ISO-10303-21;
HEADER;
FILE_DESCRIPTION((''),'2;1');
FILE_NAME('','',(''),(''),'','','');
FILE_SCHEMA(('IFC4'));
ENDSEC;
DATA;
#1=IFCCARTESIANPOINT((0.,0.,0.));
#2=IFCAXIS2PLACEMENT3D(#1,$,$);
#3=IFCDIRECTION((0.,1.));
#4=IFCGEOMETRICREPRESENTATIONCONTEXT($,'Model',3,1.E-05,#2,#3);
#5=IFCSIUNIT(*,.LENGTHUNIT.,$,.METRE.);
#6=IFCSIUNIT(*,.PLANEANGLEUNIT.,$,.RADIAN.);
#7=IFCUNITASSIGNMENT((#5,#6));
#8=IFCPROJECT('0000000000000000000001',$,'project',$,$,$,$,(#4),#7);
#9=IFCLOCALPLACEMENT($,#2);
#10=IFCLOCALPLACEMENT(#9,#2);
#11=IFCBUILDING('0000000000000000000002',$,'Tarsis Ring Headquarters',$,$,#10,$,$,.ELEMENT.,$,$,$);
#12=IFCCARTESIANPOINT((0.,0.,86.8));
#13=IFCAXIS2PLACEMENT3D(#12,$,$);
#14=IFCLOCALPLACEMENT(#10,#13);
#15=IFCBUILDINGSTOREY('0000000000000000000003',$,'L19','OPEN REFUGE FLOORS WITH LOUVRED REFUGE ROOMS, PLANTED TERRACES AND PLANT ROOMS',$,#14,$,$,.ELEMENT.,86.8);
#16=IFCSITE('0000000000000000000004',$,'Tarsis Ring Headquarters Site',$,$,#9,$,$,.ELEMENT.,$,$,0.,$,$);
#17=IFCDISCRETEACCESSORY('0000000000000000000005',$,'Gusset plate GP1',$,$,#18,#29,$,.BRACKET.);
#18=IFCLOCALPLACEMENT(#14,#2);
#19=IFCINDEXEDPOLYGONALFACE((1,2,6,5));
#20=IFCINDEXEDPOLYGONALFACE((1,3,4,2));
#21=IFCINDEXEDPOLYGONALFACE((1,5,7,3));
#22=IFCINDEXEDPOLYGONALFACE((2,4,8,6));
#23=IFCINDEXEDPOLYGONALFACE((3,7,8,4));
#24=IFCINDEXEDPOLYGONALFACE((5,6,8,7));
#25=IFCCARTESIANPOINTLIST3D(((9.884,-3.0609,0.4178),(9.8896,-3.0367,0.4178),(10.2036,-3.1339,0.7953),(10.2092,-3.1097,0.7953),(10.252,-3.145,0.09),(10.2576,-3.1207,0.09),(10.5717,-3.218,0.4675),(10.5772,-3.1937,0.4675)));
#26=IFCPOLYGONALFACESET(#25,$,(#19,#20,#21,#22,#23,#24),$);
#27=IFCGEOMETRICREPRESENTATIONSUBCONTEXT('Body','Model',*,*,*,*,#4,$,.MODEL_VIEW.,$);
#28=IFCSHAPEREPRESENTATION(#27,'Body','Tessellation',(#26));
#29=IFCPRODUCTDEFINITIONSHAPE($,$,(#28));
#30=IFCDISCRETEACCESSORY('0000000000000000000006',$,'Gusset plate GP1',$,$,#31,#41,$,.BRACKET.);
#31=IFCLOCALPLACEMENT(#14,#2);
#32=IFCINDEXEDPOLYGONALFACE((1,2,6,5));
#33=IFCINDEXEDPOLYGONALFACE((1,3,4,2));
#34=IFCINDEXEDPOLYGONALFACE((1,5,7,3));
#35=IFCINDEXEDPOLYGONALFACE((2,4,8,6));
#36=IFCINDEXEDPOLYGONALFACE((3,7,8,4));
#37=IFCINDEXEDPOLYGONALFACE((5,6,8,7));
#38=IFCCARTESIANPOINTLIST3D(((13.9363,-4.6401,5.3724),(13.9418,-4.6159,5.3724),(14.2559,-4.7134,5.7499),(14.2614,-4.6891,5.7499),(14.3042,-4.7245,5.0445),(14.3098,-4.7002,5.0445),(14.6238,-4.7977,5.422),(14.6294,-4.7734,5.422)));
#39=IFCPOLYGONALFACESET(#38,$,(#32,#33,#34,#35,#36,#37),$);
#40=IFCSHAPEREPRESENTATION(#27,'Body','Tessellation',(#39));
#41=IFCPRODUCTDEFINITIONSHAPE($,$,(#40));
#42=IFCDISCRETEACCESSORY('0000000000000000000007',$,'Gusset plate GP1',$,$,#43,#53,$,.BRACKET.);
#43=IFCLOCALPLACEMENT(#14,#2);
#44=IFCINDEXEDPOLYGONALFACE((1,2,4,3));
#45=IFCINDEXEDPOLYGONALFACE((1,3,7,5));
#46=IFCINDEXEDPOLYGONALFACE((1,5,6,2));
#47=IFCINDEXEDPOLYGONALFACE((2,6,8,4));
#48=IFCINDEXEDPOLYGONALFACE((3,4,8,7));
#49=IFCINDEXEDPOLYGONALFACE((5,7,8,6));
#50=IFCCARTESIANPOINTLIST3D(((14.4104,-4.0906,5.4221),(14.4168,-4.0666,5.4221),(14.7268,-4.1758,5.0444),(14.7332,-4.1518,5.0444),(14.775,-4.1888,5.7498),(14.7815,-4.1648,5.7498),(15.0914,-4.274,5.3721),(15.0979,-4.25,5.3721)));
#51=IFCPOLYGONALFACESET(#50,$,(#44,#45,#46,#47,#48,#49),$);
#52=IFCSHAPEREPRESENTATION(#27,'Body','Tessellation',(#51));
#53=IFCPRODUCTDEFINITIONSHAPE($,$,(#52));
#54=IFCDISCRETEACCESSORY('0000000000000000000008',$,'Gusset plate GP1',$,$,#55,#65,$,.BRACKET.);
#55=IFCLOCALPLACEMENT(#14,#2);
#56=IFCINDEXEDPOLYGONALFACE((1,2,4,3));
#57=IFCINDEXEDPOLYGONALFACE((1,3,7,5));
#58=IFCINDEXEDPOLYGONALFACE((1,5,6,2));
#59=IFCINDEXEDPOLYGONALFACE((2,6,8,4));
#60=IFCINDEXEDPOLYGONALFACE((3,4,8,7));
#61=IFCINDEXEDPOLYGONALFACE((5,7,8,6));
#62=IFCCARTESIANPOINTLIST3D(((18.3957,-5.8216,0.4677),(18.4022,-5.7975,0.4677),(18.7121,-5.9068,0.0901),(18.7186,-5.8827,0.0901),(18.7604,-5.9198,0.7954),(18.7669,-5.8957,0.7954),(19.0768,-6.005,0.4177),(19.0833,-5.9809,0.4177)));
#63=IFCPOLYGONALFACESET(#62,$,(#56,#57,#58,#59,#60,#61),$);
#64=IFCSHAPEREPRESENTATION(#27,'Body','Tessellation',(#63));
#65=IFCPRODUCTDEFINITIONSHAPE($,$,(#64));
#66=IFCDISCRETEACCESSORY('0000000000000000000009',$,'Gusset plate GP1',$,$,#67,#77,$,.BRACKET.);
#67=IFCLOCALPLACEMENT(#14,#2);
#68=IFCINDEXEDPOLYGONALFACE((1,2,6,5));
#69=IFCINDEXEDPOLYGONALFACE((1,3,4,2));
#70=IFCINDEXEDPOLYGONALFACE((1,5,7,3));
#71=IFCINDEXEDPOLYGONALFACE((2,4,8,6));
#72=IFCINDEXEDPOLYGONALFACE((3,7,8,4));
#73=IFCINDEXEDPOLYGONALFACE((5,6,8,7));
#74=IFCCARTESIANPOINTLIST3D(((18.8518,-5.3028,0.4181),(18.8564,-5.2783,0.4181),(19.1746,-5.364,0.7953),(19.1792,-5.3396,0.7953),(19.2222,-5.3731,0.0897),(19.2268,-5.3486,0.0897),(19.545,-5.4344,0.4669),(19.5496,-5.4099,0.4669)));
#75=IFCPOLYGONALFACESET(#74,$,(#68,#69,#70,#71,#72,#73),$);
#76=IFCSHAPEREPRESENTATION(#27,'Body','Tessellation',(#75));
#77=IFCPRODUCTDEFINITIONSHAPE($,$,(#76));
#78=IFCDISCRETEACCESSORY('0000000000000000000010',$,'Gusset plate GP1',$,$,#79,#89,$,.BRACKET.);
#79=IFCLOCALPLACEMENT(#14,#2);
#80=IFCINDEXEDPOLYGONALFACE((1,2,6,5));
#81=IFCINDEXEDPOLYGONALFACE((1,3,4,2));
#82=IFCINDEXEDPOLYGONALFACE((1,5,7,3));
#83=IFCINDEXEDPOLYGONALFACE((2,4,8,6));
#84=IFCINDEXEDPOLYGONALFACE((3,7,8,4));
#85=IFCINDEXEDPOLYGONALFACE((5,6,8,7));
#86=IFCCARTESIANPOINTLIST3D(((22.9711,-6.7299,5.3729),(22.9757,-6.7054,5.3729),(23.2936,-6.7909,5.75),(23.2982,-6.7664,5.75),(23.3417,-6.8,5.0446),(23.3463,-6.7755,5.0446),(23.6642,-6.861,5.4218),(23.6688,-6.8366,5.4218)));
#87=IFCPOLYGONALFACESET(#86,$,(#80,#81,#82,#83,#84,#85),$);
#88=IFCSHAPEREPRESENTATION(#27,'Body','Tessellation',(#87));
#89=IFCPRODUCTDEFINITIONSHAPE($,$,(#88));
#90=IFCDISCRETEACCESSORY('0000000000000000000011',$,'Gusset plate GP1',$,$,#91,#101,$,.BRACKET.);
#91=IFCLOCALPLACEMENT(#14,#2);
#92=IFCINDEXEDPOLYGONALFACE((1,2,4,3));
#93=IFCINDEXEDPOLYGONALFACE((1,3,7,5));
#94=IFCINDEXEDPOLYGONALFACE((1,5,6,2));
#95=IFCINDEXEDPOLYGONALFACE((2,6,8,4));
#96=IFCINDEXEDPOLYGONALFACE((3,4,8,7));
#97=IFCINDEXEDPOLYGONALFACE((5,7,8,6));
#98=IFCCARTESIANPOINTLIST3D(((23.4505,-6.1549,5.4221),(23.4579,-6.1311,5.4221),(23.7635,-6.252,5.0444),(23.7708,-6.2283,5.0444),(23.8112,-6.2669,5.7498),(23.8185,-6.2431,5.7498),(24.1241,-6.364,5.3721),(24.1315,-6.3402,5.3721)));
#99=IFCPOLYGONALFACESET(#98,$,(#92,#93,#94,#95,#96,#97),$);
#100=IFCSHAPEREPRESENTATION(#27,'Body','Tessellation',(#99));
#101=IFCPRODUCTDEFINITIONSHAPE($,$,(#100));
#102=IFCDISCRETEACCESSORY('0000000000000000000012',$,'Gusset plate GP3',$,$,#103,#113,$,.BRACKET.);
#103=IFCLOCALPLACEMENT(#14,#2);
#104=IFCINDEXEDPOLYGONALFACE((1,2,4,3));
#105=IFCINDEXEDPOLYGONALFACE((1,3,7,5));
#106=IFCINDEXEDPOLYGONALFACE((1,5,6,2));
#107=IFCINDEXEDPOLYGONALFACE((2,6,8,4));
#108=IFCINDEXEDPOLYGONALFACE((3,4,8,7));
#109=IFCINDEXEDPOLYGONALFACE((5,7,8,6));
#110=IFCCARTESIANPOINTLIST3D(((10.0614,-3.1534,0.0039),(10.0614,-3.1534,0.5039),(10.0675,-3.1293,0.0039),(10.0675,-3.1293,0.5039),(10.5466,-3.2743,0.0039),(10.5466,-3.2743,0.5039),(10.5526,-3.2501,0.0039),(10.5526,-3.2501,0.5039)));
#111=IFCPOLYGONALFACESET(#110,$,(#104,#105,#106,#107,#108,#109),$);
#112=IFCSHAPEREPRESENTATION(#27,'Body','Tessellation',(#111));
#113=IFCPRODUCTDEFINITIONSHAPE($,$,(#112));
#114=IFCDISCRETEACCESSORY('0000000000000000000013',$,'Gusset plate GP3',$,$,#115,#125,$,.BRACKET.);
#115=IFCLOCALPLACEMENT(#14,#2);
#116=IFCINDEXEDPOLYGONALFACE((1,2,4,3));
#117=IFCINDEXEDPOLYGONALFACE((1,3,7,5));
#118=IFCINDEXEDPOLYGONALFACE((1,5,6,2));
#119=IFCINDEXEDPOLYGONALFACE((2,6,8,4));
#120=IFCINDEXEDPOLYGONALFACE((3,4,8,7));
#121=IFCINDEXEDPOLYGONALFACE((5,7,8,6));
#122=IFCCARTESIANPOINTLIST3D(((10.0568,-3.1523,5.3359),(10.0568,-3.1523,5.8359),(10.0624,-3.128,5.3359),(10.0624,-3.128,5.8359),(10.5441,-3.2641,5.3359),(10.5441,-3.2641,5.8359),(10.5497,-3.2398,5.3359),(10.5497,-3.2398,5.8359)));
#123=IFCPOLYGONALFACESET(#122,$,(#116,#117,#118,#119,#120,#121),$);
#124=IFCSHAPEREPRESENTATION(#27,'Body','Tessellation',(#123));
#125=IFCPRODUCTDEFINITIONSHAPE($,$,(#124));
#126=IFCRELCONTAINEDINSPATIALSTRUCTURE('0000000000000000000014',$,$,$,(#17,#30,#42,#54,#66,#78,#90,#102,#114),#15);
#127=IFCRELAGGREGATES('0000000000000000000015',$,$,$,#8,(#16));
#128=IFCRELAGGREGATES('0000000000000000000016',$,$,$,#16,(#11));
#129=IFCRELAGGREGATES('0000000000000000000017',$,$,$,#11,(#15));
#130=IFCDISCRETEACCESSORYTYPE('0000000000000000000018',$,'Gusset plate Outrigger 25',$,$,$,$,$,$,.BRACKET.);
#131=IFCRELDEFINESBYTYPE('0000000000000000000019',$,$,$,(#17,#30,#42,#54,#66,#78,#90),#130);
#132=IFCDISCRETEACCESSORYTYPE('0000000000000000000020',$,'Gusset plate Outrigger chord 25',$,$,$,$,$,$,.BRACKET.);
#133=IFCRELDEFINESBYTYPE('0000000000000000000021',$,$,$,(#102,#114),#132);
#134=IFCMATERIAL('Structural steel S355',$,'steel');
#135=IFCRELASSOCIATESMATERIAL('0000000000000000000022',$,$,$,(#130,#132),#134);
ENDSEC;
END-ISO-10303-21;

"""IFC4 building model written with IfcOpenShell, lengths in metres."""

from ifc_helpers import new_model, si_unit, direction, frame, origin, origin_2d, place, context, subcontext, project, spatial, rectangle, extrude, material, material_profile, profile_set, type_object, element, save


model = new_model("IFC4")

# Units and contexts
model_context = context("Model", 3, precision=1e-05, world=origin(), true_north=direction((0.0, 1.0)))
body_context = subcontext(model_context, "Body", "Model", "MODEL_VIEW")
ifc_project = project(units=[si_unit("LENGTHUNIT", "METRE"), si_unit("PLANEANGLEUNIT", "RADIAN")], contexts=[model_context])

# Site, building, storey
site_placement = place(None, origin())
site = spatial("IfcSite", under=ifc_project, at=site_placement, Name="Tarsis Ring Headquarters Site", CompositionType="ELEMENT", RefElevation=0.0)
building_placement = place(site_placement, origin())
building = spatial("IfcBuilding", under=site, at=building_placement, Name="Tarsis Ring Headquarters", CompositionType="ELEMENT")
storey_placement = place(building_placement, frame((0.0, 0.0, 86.8)))
storey = spatial("IfcBuildingStorey", under=building, at=storey_placement, Name="L19", Description="OPEN REFUGE FLOORS WITH LOUVRED REFUGE ROOMS, PLANTED TERRACES AND PLANT ROOMS", CompositionType="ELEMENT", Elevation=86.8)

# Shared definitions
ifc_material_1 = material(Name="Structural steel S355", Category="steel")

# Discrete accessories
ifc_material_profile_1 = material_profile(ifc_material_1, rectangle(XDim=0.0249, YDim=0.5, at=origin_2d()), Name="PL 25x500")
ifc_profile_set_1 = profile_set([ifc_material_profile_1], Name="Structural steel S355")
discrete_accessory_type_1 = type_object("IfcDiscreteAccessoryType", Name="Gusset plate Outrigger 25", PredefinedType="BRACKET", material=ifc_profile_set_1)
for number, where, z_axis, x_axis, name in (
    (1, (10.0708, -3.0908, 0.2539), (0.63926, -0.146019, 0.755), (0.222683, 0.974891, 0.0), "Gusset plate GP1"),
    (2, (14.4426, -4.7434, 5.5859), (-0.639214, 0.146497, -0.754946), (-0.223391, -0.974729, 0.0), "Gusset plate GP1"),
    (3, (14.5959, -4.1277, 5.5859), (0.632788, -0.170404, -0.755342), (0.260027, 0.965601, 0.0), "Gusset plate GP1"),
    (4, (18.8977, -5.9438, 0.2539), (-0.632788, 0.170404, 0.755342), (-0.260027, -0.965601, 0.0), "Gusset plate GP1"),
):
    element("IfcDiscreteAccessory", number, at=place(storey_placement, frame(where, z_axis=z_axis, x_axis=x_axis)), inside=storey, type_object=discrete_accessory_type_1, Name=name, PredefinedType="BRACKET", context=body_context, shape_type="SweptSolid", body=[
        extrude(rectangle(XDim=0.0249, YDim=0.5, at=origin_2d()), origin(), (0.0, 0.0, 1.0), 0.5),
    ])
discrete_accessory_placement = place(storey_placement, frame((19.0393, -5.3257, 0.2539), z_axis=(0.645246, -0.122509, 0.754088), x_axis=(0.186532, 0.982449, 0.0)))
element("IfcDiscreteAccessory", 5, at=discrete_accessory_placement, inside=storey, type_object=discrete_accessory_type_1, Name="Gusset plate GP1", PredefinedType="BRACKET", context=body_context, shape_type="SweptSolid", body=[
    extrude(rectangle(XDim=0.0249, YDim=0.5, at=origin_2d()), origin(), (0.0, 0.0, 1.0), 0.5002),
])
for number, where, z_axis, x_axis, name in (
    (6, (23.4812, -6.8137, 5.5859), (-0.644999, 0.122067, -0.754371), (-0.18595, -0.982559, 0.0), "Gusset plate GP1"),
    (7, (23.6345, -6.199, 5.5859), (0.625914, -0.194317, -0.755296), (0.296493, 0.955035, 0.0), "Gusset plate GP1"),
):
    element("IfcDiscreteAccessory", number, at=place(storey_placement, frame(where, z_axis=z_axis, x_axis=x_axis)), inside=storey, type_object=discrete_accessory_type_1, Name=name, PredefinedType="BRACKET", context=body_context, shape_type="SweptSolid", body=[
        extrude(rectangle(XDim=0.0249, YDim=0.5, at=origin_2d()), origin(), (0.0, 0.0, 1.0), 0.5),
    ])
discrete_accessory_type_2 = type_object("IfcDiscreteAccessoryType", Name="Gusset plate Outrigger chord 25", PredefinedType="BRACKET", material=ifc_profile_set_1)
for number, where, z_axis, x_axis, name in (
    (8, (10.0645, -3.1414, 0.2539), (0.970343, -0.241731, 0.0), (0.241731, 0.970343, 0.0), "Gusset plate GP3"),
    (9, (10.0596, -3.1401, 5.5859), (0.97467, -0.223647, 0.0), (0.223647, 0.97467, 0.0), "Gusset plate GP3"),
):
    element("IfcDiscreteAccessory", number, at=place(storey_placement, frame(where, z_axis=z_axis, x_axis=x_axis)), inside=storey, type_object=discrete_accessory_type_2, Name=name, PredefinedType="BRACKET", context=body_context, shape_type="SweptSolid", body=[
        extrude(rectangle(XDim=0.0249, YDim=0.5, at=origin_2d()), origin(), (0.0, 0.0, 1.0), 0.5),
    ])

save(model, "model.ifc")
